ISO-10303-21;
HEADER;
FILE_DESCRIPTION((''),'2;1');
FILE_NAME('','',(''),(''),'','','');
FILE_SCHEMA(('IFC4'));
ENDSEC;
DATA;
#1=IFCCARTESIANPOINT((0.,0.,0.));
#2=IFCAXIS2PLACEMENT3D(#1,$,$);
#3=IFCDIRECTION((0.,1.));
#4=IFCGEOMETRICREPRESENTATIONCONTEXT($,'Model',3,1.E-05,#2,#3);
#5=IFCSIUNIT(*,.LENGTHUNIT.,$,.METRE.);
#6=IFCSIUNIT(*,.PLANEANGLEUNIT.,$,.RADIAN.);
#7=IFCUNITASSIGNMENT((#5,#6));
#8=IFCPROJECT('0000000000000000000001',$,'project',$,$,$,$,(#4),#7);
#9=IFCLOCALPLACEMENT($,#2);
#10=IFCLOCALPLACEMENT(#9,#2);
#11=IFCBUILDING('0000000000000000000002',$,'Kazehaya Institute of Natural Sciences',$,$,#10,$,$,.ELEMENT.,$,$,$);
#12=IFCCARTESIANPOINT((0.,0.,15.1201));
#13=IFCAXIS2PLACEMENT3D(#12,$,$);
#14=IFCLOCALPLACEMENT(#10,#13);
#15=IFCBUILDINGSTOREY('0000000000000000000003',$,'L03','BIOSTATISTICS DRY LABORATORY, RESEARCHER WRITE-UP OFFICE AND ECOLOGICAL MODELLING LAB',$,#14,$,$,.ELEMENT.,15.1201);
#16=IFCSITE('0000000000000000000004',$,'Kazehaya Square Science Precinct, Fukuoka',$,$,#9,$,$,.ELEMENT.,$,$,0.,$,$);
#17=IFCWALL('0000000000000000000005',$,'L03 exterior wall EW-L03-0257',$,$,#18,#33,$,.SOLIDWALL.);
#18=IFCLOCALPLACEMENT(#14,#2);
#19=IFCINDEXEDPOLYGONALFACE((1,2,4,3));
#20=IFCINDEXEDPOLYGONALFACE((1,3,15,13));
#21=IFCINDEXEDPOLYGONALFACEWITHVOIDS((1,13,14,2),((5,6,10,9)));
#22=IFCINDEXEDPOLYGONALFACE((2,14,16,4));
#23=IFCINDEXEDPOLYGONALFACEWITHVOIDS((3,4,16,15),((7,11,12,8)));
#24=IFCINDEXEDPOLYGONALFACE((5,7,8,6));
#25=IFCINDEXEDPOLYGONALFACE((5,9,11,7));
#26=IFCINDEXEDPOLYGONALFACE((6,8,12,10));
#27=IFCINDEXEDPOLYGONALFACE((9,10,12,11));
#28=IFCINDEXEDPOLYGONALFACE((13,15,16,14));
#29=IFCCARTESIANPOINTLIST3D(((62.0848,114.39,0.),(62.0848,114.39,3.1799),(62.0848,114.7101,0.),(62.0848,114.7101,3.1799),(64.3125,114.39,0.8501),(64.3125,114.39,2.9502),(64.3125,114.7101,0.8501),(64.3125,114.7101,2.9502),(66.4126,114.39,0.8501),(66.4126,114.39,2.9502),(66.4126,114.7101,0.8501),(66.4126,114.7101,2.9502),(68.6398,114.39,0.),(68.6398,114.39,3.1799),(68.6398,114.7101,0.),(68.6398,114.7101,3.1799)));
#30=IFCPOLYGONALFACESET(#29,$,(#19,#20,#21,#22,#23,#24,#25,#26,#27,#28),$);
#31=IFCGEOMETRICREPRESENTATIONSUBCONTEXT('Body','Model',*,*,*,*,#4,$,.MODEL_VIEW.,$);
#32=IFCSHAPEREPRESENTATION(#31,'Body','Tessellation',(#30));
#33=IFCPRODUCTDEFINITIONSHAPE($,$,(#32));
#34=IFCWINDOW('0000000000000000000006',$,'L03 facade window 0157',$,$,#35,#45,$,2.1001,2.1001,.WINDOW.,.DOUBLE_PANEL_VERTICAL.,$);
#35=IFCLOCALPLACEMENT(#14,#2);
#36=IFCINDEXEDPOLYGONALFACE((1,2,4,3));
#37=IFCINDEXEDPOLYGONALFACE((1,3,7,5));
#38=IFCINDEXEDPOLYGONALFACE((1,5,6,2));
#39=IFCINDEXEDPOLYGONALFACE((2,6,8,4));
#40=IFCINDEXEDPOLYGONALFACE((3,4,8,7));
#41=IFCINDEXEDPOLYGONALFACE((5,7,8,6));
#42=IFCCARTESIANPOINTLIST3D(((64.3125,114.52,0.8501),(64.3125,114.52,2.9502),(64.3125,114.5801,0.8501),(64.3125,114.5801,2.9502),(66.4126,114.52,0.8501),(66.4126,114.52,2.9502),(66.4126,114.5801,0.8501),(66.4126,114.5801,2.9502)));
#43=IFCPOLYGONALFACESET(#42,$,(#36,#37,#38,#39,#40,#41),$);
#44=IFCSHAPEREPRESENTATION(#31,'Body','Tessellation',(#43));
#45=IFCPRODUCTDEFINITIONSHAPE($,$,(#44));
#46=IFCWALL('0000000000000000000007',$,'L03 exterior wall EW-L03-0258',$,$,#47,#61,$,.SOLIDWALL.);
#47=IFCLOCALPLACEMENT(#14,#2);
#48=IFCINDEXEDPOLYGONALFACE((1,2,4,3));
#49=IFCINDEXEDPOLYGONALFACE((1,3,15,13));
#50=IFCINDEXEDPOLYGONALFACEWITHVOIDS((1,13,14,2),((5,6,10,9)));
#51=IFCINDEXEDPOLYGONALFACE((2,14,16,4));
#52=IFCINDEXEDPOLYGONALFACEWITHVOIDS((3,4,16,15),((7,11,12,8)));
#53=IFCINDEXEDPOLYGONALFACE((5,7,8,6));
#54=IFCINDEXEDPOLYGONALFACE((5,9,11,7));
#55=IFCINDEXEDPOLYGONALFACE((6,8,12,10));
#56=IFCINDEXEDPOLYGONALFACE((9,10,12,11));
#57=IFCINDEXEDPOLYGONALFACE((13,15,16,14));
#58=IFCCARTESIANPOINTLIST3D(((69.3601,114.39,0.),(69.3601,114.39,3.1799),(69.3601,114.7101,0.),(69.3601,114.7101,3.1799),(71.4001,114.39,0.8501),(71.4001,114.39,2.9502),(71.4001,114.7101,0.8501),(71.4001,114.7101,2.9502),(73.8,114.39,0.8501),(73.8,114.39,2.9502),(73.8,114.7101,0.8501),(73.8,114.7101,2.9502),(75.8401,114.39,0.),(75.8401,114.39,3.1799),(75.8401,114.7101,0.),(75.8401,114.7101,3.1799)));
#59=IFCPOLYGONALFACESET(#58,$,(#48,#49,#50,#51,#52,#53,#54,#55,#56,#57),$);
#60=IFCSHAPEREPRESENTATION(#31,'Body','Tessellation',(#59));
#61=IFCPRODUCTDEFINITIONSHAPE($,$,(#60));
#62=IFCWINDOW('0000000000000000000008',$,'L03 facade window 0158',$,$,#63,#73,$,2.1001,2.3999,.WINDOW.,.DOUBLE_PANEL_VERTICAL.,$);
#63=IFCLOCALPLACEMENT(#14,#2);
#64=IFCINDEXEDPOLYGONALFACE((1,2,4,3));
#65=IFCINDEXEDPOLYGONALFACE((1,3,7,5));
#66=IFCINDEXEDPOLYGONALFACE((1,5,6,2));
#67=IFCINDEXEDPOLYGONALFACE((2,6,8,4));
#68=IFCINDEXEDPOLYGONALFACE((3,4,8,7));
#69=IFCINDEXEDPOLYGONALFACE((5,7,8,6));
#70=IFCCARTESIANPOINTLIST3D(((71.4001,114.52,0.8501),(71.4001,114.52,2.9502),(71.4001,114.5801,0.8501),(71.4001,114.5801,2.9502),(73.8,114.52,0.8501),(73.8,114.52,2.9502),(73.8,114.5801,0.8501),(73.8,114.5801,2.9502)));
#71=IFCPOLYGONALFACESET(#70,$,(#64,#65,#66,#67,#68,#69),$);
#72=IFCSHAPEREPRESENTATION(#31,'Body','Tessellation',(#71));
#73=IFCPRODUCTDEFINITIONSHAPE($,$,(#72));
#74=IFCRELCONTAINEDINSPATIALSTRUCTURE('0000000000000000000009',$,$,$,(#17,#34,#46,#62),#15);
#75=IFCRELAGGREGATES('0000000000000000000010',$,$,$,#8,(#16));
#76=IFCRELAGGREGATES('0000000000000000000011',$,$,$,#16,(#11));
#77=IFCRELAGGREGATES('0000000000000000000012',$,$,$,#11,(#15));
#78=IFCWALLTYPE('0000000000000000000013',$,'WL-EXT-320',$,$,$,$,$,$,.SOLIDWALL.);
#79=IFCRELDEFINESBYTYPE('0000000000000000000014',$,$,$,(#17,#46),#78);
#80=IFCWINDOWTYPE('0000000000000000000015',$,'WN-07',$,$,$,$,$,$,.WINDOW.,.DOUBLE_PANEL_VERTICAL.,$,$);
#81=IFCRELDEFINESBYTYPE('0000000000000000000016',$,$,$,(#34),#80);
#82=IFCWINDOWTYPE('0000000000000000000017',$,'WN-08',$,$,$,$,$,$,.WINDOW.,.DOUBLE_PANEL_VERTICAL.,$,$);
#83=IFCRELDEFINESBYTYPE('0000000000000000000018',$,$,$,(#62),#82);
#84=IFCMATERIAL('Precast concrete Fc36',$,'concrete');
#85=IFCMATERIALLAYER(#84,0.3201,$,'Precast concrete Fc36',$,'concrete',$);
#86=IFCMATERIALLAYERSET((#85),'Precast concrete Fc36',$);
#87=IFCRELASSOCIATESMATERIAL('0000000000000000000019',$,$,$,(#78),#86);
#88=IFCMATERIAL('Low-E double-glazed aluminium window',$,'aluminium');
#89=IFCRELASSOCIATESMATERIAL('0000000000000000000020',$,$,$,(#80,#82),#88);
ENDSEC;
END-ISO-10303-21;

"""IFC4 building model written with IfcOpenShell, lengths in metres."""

from ifc_helpers import new_model, si_unit, direction, frame, frame_2d, origin, place, context, subcontext, project, spatial, rectangle, extrude, material, layer, layer_set, type_object, element, fill, save


model = new_model("IFC4")

# Units and contexts
model_context = context("Model", 3, precision=1e-05, world=origin(), true_north=direction((0.0, 1.0)))
body_context = subcontext(model_context, "Body", "Model", "MODEL_VIEW")
ifc_project = project(units=[si_unit("LENGTHUNIT", "METRE"), si_unit("PLANEANGLEUNIT", "RADIAN")], contexts=[model_context])

# Site, building, storey
site_placement = place(None, origin())
site = spatial("IfcSite", under=ifc_project, at=site_placement, Name="Kazehaya Square Science Precinct, Fukuoka", CompositionType="ELEMENT", RefElevation=0.0)
building_placement = place(site_placement, origin())
building = spatial("IfcBuilding", under=site, at=building_placement, Name="Kazehaya Institute of Natural Sciences", CompositionType="ELEMENT")
storey_placement = place(building_placement, frame((0.0, 0.0, 15.1201)))
storey = spatial("IfcBuildingStorey", under=building, at=storey_placement, Name="L03", Description="BIOSTATISTICS DRY LABORATORY, RESEARCHER WRITE-UP OFFICE AND ECOLOGICAL MODELLING LAB", CompositionType="ELEMENT", Elevation=15.1201)

# Walls, openings, windows
ifc_material_1 = material(Name="Precast concrete Fc36", Category="concrete")
ifc_layer = layer(ifc_material_1, 0.3201, Name="Precast concrete Fc36", Category="concrete")
ifc_layer_set = layer_set([ifc_layer], Name="Precast concrete Fc36")
wall_type = type_object("IfcWallType", Name="WL-EXT-320", PredefinedType="SOLIDWALL", material=ifc_layer_set)
ifc_material_2 = material(Name="Low-E double-glazed aluminium window", Category="aluminium")
wall_1_placement = place(storey_placement, frame((62.085, 114.55, 0.0), z_axis=(0.0, 0.0, 1.0), x_axis=(1.0, 0.0, 0.0)))
wall_1 = element("IfcWall", 1, at=wall_1_placement, inside=storey, type_object=wall_type, Name="L03 exterior wall EW-L03-0257", PredefinedType="SOLIDWALL", context=body_context, shape_type="SweptSolid", body=[
    extrude(rectangle(XDim=6.5549, YDim=0.3201, at=frame_2d((3.2773, 0.0))), origin(), (0.0, 0.0, 1.0), 3.1799),
])
opening_1_placement = place(wall_1_placement, frame((2.2275, 0.0, 0.8501)))
opening_1 = element("IfcOpeningElement", 2, at=opening_1_placement, cuts=wall_1, PredefinedType="OPENING", context=body_context, shape_type="SweptSolid", body=[
    extrude(rectangle(XDim=2.1001, YDim=2.1001, at=frame_2d((1.05, 1.05))), frame((0.0, 0.1699, 0.0), z_axis=(0.0, -1.0, 0.0), x_axis=(1.0, 0.0, 0.0)), (0.0, 0.0, 1.0), 0.3401),
])
window_type_1 = type_object("IfcWindowType", Name="WN-07", PartitioningType="DOUBLE_PANEL_VERTICAL", PredefinedType="WINDOW", material=ifc_material_2)
window_1_placement = place(opening_1_placement, origin())
window_1 = element("IfcWindow", 3, at=window_1_placement, inside=storey, type_object=window_type_1, Name="L03 facade window 0157", OverallHeight=2.1001, OverallWidth=2.1001, PartitioningType="DOUBLE_PANEL_VERTICAL", PredefinedType="WINDOW", context=body_context, shape_type="SweptSolid", body=[
    extrude(rectangle(XDim=2.1001, YDim=2.1001, at=frame_2d((1.05, 1.05))), frame((0.0, 0.03, 0.0), z_axis=(0.0, -1.0, 0.0), x_axis=(1.0, 0.0, 0.0)), (0.0, 0.0, 1.0), 0.0601),
])
fill(opening_1, window_1)
wall_2_placement = place(storey_placement, frame((69.3601, 114.55, 0.0), z_axis=(0.0, 0.0, 1.0), x_axis=(1.0, 0.0, 0.0)))
wall_2 = element("IfcWall", 4, at=wall_2_placement, inside=storey, type_object=wall_type, Name="L03 exterior wall EW-L03-0258", PredefinedType="SOLIDWALL", context=body_context, shape_type="SweptSolid", body=[
    extrude(rectangle(XDim=6.48, YDim=0.3201, at=frame_2d((3.24, 0.0))), origin(), (0.0, 0.0, 1.0), 3.1799),
])
opening_2_placement = place(wall_2_placement, frame((2.04, 0.0, 0.8501)))
opening_2 = element("IfcOpeningElement", 5, at=opening_2_placement, cuts=wall_2, PredefinedType="OPENING", context=body_context, shape_type="SweptSolid", body=[
    extrude(rectangle(XDim=2.3999, YDim=2.1001, at=frame_2d((1.2, 1.05))), frame((0.0, 0.1699, 0.0), z_axis=(0.0, -1.0, 0.0), x_axis=(1.0, 0.0, 0.0)), (0.0, 0.0, 1.0), 0.3401),
])
window_type_2 = type_object("IfcWindowType", Name="WN-08", PartitioningType="DOUBLE_PANEL_VERTICAL", PredefinedType="WINDOW", material=ifc_material_2)
window_2_placement = place(opening_2_placement, origin())
window_2 = element("IfcWindow", 6, at=window_2_placement, inside=storey, type_object=window_type_2, Name="L03 facade window 0158", OverallHeight=2.1001, OverallWidth=2.3999, PartitioningType="DOUBLE_PANEL_VERTICAL", PredefinedType="WINDOW", context=body_context, shape_type="SweptSolid", body=[
    extrude(rectangle(XDim=2.3999, YDim=2.1001, at=frame_2d((1.2, 1.05))), frame((0.0, 0.03, 0.0), z_axis=(0.0, -1.0, 0.0), x_axis=(1.0, 0.0, 0.0)), (0.0, 0.0, 1.0), 0.0601),
])
fill(opening_2, window_2)

save(model, "model.ifc")
